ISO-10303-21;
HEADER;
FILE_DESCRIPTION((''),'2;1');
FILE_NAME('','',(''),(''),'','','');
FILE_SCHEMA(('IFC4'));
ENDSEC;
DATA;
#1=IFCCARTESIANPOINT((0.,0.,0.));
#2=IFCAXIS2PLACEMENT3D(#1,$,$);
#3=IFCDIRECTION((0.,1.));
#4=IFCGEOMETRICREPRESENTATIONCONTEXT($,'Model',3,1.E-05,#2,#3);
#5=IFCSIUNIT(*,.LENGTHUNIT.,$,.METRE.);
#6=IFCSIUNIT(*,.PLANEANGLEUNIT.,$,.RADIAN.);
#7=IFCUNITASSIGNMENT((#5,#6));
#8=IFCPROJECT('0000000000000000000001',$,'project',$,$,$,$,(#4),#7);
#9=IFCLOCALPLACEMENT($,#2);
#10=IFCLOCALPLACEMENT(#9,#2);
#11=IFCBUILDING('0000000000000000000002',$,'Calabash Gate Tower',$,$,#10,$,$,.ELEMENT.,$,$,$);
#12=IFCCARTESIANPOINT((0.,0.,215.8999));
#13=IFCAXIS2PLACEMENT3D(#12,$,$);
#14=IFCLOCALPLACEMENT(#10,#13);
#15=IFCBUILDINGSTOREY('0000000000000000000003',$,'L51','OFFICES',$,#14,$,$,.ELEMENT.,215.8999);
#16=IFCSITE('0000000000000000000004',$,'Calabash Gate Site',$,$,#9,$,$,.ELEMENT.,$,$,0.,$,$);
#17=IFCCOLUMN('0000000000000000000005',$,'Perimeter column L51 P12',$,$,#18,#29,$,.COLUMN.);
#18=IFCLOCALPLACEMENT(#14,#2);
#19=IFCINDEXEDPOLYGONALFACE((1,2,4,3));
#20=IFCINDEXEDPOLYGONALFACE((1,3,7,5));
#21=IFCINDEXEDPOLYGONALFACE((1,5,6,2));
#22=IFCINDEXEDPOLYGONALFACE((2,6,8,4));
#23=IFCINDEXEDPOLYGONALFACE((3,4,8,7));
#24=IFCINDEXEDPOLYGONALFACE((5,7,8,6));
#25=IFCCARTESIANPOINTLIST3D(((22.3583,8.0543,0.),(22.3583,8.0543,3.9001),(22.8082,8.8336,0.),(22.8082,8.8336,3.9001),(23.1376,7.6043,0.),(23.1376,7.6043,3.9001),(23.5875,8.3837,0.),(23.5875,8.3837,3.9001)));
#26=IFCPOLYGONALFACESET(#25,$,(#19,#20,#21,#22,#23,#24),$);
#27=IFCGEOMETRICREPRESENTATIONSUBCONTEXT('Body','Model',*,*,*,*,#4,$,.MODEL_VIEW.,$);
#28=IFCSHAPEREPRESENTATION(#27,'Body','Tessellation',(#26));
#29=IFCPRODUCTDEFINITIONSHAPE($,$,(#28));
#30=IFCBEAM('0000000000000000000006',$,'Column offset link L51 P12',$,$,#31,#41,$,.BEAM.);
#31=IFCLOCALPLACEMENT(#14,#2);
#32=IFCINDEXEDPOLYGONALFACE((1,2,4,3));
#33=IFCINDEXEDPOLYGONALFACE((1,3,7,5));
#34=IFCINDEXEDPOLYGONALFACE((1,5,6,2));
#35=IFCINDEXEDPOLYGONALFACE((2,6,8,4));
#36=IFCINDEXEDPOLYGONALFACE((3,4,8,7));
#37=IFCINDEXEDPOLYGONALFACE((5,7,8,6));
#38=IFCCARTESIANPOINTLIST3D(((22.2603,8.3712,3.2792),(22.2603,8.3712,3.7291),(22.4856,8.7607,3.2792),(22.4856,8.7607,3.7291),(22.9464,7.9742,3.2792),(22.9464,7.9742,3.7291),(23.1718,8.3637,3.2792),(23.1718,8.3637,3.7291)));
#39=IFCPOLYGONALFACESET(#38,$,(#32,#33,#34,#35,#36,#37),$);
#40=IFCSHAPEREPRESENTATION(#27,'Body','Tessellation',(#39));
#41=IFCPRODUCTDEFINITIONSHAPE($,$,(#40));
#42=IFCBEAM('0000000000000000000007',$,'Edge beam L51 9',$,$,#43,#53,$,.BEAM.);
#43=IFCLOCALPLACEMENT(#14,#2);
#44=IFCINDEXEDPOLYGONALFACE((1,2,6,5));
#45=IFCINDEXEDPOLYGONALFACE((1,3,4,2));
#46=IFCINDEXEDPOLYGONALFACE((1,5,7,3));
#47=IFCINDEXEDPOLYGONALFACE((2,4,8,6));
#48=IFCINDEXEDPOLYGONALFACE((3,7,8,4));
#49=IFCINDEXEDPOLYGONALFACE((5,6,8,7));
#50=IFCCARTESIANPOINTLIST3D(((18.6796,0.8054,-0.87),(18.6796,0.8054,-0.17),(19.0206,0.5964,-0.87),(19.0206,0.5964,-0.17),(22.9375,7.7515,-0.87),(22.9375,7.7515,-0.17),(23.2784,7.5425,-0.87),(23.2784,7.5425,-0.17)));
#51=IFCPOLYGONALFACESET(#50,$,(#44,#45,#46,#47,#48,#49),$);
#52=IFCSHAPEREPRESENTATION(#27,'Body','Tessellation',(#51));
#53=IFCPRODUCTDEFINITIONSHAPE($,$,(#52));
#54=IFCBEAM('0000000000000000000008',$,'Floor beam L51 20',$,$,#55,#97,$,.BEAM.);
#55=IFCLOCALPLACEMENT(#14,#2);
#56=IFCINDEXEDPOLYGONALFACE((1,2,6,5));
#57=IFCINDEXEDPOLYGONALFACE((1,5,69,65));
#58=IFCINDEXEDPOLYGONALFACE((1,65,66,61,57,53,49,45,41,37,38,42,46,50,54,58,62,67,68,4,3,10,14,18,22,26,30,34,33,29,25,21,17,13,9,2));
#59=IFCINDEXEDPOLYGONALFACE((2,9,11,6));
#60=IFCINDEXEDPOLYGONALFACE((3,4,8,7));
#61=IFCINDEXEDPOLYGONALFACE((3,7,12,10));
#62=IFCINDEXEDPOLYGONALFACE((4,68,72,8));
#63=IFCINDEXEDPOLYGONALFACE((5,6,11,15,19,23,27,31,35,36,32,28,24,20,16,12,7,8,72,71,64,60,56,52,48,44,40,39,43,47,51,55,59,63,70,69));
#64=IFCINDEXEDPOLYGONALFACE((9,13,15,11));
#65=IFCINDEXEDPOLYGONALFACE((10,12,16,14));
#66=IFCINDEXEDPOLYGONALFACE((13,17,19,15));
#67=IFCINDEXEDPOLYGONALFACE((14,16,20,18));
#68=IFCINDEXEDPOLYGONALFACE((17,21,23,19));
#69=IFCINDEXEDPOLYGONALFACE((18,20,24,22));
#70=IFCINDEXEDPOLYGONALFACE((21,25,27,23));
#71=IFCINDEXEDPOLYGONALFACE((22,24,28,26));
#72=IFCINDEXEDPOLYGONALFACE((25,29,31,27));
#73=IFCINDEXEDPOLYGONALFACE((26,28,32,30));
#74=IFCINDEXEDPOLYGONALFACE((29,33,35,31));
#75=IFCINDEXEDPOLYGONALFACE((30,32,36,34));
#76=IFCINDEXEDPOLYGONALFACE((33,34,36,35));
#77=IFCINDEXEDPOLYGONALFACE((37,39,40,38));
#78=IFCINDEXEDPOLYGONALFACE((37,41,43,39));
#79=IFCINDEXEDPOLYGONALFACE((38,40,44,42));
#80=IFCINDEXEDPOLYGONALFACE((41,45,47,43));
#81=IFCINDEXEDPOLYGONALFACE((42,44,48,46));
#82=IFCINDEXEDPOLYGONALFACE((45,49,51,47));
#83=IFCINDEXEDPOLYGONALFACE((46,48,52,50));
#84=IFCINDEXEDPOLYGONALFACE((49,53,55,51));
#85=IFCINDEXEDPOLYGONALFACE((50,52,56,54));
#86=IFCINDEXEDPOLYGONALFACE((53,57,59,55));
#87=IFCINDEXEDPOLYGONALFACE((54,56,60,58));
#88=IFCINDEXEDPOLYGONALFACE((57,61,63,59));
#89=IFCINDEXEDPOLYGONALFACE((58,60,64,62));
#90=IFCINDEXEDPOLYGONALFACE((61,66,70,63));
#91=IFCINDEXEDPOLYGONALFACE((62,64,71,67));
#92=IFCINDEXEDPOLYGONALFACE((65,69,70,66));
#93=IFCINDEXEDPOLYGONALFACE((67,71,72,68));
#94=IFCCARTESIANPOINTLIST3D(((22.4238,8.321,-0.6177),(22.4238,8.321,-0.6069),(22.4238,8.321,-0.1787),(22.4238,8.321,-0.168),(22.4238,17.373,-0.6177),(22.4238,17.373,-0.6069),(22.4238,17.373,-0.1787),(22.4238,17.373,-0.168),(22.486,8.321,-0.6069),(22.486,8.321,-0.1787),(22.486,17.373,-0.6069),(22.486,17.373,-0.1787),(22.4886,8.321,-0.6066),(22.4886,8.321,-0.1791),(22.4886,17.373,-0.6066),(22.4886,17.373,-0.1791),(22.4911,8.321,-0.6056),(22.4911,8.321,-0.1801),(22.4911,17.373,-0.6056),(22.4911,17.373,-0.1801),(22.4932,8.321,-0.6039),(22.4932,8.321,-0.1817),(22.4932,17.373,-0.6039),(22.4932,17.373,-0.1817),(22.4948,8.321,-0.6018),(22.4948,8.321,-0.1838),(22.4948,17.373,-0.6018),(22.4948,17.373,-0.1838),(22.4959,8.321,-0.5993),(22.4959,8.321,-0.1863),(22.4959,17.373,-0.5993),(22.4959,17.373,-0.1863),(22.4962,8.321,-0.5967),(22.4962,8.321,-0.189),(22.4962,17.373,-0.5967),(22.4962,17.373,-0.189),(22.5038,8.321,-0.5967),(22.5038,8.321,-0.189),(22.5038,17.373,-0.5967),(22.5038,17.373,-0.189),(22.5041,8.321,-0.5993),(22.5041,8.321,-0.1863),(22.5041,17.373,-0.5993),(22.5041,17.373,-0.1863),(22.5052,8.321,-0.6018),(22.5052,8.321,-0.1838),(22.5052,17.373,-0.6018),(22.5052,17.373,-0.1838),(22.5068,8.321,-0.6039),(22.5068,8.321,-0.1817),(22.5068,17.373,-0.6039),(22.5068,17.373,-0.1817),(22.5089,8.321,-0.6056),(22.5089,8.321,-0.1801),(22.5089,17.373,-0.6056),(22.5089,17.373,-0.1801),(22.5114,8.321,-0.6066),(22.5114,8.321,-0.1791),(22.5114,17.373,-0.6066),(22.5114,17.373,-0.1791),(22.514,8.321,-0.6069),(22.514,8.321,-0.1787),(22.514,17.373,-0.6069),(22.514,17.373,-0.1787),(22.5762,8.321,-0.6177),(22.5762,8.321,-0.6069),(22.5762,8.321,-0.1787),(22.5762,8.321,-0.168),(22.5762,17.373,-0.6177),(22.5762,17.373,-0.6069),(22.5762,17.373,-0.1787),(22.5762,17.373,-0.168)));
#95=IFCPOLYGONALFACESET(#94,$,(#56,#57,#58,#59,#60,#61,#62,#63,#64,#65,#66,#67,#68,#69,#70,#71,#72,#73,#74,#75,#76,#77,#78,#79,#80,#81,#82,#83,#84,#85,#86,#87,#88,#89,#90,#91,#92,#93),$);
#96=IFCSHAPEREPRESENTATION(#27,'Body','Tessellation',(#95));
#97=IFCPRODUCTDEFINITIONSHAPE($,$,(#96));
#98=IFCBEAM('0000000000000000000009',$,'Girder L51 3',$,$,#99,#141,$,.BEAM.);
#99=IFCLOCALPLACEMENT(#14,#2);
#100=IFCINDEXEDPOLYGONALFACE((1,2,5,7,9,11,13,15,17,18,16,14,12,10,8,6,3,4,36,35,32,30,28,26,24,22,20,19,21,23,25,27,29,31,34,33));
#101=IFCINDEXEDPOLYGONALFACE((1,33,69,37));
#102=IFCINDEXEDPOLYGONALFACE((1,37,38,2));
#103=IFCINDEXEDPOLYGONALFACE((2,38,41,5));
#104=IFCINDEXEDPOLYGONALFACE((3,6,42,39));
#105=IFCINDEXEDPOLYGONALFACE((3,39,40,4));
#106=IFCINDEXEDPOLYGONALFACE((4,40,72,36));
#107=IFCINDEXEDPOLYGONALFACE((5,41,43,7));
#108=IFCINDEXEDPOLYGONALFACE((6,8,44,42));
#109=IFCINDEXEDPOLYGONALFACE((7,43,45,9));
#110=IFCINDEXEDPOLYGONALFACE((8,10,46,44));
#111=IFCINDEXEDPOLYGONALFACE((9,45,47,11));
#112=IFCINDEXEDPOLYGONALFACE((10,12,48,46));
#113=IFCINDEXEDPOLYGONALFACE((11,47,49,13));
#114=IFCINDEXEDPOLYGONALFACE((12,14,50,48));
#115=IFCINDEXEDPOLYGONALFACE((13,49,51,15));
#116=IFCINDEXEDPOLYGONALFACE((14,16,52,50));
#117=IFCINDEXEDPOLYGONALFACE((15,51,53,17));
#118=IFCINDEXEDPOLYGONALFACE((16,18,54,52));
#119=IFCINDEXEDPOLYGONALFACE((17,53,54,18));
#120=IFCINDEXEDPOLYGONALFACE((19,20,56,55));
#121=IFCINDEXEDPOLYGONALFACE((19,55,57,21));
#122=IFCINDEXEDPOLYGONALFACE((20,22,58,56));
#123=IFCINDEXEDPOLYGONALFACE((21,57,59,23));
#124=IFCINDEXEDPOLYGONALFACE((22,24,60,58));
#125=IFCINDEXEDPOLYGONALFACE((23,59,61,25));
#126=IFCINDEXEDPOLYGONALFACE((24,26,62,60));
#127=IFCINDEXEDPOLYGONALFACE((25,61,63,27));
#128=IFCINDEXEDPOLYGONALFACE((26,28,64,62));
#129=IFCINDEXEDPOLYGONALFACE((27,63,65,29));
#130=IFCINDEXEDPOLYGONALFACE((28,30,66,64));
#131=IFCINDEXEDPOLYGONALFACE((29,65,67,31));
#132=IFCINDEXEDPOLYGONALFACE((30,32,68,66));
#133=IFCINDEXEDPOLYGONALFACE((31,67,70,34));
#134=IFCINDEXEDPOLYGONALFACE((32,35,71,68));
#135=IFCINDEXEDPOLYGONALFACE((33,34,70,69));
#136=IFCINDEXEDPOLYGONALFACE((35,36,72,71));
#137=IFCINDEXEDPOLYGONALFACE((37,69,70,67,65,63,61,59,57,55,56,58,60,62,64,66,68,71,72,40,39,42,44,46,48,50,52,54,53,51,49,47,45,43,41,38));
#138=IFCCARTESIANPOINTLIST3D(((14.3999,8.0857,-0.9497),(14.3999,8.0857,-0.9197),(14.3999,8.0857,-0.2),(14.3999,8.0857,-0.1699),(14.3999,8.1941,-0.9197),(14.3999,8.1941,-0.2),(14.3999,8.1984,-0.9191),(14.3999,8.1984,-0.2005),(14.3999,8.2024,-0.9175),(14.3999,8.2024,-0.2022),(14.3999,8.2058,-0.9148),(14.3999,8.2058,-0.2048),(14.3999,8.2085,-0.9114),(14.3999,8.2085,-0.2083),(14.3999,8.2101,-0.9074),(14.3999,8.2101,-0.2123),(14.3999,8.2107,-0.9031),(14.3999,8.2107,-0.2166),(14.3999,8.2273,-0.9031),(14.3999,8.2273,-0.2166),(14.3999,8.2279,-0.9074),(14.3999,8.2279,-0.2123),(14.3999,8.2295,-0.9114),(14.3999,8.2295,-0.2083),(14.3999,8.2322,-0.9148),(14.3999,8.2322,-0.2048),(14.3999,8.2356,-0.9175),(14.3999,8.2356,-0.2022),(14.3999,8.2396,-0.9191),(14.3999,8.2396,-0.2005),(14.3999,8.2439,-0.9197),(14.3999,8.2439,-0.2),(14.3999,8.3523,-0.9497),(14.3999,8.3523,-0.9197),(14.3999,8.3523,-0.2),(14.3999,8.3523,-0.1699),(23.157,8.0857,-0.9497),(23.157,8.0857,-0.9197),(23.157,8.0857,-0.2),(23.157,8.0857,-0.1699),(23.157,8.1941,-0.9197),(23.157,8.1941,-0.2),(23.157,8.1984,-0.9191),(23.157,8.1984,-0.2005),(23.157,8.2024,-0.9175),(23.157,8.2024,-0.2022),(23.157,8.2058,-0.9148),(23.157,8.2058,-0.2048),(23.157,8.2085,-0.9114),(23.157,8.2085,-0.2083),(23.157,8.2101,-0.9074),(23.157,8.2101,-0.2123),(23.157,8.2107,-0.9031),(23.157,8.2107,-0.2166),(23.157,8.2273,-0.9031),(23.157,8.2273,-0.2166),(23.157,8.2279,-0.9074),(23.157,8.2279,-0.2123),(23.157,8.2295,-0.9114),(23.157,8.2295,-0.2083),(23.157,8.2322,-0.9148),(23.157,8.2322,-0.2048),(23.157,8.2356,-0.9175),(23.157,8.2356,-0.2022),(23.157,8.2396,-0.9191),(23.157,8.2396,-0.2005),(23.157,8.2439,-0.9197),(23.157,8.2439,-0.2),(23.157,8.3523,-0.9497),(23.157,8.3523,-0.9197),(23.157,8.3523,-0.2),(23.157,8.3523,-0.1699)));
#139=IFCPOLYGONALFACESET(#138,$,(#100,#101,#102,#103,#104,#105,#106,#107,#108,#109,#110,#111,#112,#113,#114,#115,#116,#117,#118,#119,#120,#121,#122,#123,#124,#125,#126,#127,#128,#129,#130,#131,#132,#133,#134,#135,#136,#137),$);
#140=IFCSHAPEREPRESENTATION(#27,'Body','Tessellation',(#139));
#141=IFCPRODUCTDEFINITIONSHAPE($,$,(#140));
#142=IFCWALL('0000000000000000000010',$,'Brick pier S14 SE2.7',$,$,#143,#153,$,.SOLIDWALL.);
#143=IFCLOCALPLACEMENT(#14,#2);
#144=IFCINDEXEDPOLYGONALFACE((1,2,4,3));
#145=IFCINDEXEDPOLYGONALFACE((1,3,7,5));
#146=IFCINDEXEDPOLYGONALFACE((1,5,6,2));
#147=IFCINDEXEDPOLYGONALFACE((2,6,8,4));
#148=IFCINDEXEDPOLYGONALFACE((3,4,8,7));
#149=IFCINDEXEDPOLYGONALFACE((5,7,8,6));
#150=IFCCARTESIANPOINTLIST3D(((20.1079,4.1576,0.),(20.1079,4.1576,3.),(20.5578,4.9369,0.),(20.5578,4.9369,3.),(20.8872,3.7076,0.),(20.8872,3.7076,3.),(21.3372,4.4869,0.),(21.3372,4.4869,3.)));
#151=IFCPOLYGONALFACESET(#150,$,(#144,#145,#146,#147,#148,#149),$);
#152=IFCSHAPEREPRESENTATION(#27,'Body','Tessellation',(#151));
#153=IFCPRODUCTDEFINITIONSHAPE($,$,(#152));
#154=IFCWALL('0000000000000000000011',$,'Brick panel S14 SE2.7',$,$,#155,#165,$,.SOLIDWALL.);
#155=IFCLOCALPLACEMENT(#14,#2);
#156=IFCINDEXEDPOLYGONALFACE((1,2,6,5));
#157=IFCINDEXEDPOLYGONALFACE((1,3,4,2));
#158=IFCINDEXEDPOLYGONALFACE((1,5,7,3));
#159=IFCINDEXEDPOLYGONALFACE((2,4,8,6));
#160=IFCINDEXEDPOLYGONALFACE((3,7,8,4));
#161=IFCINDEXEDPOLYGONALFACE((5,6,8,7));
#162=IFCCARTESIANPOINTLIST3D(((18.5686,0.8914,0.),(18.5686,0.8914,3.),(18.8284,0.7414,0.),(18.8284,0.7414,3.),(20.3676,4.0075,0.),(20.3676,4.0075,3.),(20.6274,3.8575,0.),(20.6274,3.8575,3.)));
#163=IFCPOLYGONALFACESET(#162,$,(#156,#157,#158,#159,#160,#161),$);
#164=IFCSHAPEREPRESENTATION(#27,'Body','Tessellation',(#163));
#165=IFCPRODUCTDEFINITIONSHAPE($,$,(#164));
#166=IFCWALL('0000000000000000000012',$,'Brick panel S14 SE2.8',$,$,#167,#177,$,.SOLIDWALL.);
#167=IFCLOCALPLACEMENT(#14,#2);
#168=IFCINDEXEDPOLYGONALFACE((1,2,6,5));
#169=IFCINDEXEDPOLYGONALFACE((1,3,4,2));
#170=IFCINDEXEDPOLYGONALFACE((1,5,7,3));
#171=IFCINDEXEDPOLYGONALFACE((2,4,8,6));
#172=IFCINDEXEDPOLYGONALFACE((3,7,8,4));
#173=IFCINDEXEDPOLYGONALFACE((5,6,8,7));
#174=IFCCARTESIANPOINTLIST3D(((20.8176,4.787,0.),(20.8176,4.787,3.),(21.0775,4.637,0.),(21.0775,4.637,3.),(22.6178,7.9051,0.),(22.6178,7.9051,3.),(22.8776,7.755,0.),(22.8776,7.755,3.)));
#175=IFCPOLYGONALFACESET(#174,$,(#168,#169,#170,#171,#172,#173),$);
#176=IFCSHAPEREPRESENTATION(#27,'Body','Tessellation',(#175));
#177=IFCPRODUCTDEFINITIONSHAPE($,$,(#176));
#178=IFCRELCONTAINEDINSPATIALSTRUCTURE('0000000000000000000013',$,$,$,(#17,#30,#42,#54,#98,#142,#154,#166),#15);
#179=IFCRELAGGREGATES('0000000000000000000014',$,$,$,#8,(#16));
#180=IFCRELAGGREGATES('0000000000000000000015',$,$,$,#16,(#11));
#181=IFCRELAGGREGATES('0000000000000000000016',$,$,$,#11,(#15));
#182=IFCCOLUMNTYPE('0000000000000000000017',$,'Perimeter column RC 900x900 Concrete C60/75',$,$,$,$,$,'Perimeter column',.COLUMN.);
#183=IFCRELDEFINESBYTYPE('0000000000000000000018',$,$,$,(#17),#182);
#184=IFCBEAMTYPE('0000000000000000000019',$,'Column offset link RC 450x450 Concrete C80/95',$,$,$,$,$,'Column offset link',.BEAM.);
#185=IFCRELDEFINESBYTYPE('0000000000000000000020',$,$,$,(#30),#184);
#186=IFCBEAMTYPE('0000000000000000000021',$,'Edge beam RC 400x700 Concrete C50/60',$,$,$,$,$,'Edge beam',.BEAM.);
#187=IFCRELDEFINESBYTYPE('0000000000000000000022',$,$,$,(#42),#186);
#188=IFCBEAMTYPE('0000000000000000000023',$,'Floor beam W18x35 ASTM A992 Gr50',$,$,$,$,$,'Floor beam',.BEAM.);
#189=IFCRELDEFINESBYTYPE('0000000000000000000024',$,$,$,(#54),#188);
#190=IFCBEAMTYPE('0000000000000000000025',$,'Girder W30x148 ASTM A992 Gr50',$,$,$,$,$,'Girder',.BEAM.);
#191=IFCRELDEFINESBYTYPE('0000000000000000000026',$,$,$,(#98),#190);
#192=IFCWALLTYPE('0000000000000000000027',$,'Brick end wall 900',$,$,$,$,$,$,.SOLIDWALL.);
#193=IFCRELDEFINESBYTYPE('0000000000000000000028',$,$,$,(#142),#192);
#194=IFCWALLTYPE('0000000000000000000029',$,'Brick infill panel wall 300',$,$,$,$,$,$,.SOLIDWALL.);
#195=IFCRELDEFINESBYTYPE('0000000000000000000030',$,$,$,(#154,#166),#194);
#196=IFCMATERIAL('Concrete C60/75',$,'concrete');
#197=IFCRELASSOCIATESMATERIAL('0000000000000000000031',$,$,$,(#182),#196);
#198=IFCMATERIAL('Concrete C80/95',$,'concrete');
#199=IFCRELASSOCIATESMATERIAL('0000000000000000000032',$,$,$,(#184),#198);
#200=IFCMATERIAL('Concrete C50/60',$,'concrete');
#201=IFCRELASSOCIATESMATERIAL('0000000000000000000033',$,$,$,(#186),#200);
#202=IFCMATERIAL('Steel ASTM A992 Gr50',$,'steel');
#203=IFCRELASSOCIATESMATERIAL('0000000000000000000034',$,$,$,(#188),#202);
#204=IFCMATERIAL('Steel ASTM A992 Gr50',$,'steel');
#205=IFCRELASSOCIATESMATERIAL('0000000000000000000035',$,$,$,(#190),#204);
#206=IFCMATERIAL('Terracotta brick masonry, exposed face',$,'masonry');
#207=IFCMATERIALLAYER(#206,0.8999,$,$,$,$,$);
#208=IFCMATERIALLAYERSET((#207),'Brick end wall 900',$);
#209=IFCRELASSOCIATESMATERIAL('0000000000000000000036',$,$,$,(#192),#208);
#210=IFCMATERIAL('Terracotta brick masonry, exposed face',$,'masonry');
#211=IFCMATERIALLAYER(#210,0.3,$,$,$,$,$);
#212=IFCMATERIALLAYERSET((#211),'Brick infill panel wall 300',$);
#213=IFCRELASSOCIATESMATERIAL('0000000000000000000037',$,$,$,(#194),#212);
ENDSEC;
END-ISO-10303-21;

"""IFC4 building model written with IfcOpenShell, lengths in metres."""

from ifc_helpers import new_model, si_unit, direction, frame, frame_2d, origin, origin_2d, place, context, subcontext, project, spatial, rectangle, i_section, extrude, material, layer, layer_set, material_profile, profile_set, type_object, element, save


model = new_model("IFC4")

# Units and contexts
model_context = context("Model", 3, precision=1e-05, world=origin(), true_north=direction((0.0, 1.0)))
body_context = subcontext(model_context, "Body", "Model", "MODEL_VIEW")
ifc_project = project(units=[si_unit("LENGTHUNIT", "METRE"), si_unit("PLANEANGLEUNIT", "RADIAN")], contexts=[model_context])

# Site, building, storey
site_placement = place(None, origin())
site = spatial("IfcSite", under=ifc_project, at=site_placement, Name="Calabash Gate Site", CompositionType="ELEMENT", RefElevation=0.0)
building_placement = place(site_placement, origin())
building = spatial("IfcBuilding", under=site, at=building_placement, Name="Calabash Gate Tower", CompositionType="ELEMENT")
storey_placement = place(building_placement, frame((0.0, 0.0, 215.8999)))
storey = spatial("IfcBuildingStorey", under=building, at=storey_placement, Name="L51", Description="OFFICES", CompositionType="ELEMENT", Elevation=215.8999)

# Column
ifc_material_1 = material(Name="Concrete C60/75", Category="concrete")
ifc_material_profile_1 = material_profile(ifc_material_1, rectangle(XDim=0.8999, YDim=0.8999, at=origin_2d()))
ifc_profile_set_1 = profile_set([ifc_material_profile_1], Name="Concrete C60/75")
column_type = type_object("IfcColumnType", Name="Perimeter column RC 900x900 Concrete C60/75", ElementType="Perimeter column", PredefinedType="COLUMN", material=ifc_profile_set_1)
column_placement = place(storey_placement, frame((22.9729, 8.219, 0.0), z_axis=(0.0, 0.0, 1.0), x_axis=(0.5, 0.866025, 0.0)))
element("IfcColumn", 1, at=column_placement, inside=storey, type_object=column_type, Name="Perimeter column L51 P12", PredefinedType="COLUMN", context=body_context, shape_type="SweptSolid", body=[
    extrude(rectangle(XDim=0.8999, YDim=0.8999, at=origin_2d()), origin(), (0.0, 0.0, 1.0), 3.9001),
])

# Beams
ifc_material_2 = material(Name="Concrete C80/95", Category="concrete")
ifc_material_profile_2 = material_profile(ifc_material_2, rectangle(XDim=0.45, YDim=0.45, at=origin_2d()))
ifc_profile_set_2 = profile_set([ifc_material_profile_2], Name="Concrete C80/95")
beam_type_1 = type_object("IfcBeamType", Name="Column offset link RC 450x450 Concrete C80/95", ElementType="Column offset link", PredefinedType="BEAM", material=ifc_profile_set_2)
beam_1_placement = place(storey_placement, frame((23.0591, 8.1689, 3.5042), z_axis=(-0.865539, 0.500842, 0.0), x_axis=(-0.500842, -0.865539, 0.0)))
element("IfcBeam", 2, at=beam_1_placement, inside=storey, type_object=beam_type_1, Name="Column offset link L51 P12", PredefinedType="BEAM", context=body_context, shape_type="SweptSolid", body=[
    extrude(rectangle(XDim=0.45, YDim=0.45, at=origin_2d()), origin(), (0.0, 0.0, 1.0), 0.7927),
])
ifc_material_3 = material(Name="Concrete C50/60", Category="concrete")
ifc_material_profile_3 = material_profile(ifc_material_3, rectangle(XDim=0.3999, YDim=0.7, at=origin_2d()))
ifc_profile_set_3 = profile_set([ifc_material_profile_3], Name="Concrete C50/60")
beam_type_2 = type_object("IfcBeamType", Name="Edge beam RC 400x700 Concrete C50/60", ElementType="Edge beam", PredefinedType="BEAM", material=ifc_profile_set_3)
beam_2_placement = place(storey_placement, frame((18.8501, 0.7009, -0.52), z_axis=(0.522612, 0.852571, 0.0), x_axis=(-0.852571, 0.522612, 0.0)))
element("IfcBeam", 3, at=beam_2_placement, inside=storey, type_object=beam_type_2, Name="Edge beam L51 9", PredefinedType="BEAM", context=body_context, shape_type="SweptSolid", body=[
    extrude(rectangle(XDim=0.3999, YDim=0.7, at=origin_2d()), origin(), (0.0, 0.0, 1.0), 8.1472),
])
ifc_material_4 = material(Name="Steel ASTM A992 Gr50", Category="steel")
ifc_material_profile_4 = material_profile(ifc_material_4, i_section(OverallWidth=0.1523, OverallDepth=0.4497, WebThickness=0.0076, FlangeThickness=0.0107, FilletRadius=0.0103, at=origin_2d()))
ifc_profile_set_4 = profile_set([ifc_material_profile_4], Name="Steel ASTM A992 Gr50")
beam_type_3 = type_object("IfcBeamType", Name="Floor beam W18x35 ASTM A992 Gr50", ElementType="Floor beam", PredefinedType="BEAM", material=ifc_profile_set_4)
beam_3_placement = place(storey_placement, frame((22.5, 8.321, -0.3928), z_axis=(0.0, 1.0, 0.0), x_axis=(-1.0, 0.0, 0.0)))
element("IfcBeam", 4, at=beam_3_placement, inside=storey, type_object=beam_type_3, Name="Floor beam L51 20", PredefinedType="BEAM", context=body_context, shape_type="SweptSolid", body=[
    extrude(i_section(OverallWidth=0.1523, OverallDepth=0.4497, WebThickness=0.0076, FlangeThickness=0.0107, FilletRadius=0.0103, at=origin_2d()), origin(), (0.0, 0.0, 1.0), 9.052),
])
ifc_material_5 = material(Name="Steel ASTM A992 Gr50", Category="steel")
ifc_material_profile_5 = material_profile(ifc_material_5, i_section(OverallWidth=0.2666, OverallDepth=0.7798, WebThickness=0.0166, FlangeThickness=0.03, FilletRadius=0.0166, at=origin_2d()))
ifc_profile_set_5 = profile_set([ifc_material_profile_5], Name="Steel ASTM A992 Gr50")
beam_type_4 = type_object("IfcBeamType", Name="Girder W30x148 ASTM A992 Gr50", ElementType="Girder", PredefinedType="BEAM", material=ifc_profile_set_5)
beam_4_placement = place(storey_placement, frame((23.157, 8.219, -0.5598), z_axis=(-1.0, 0.0, 0.0), x_axis=(0.0, -1.0, 0.0)))
element("IfcBeam", 5, at=beam_4_placement, inside=storey, type_object=beam_type_4, Name="Girder L51 3", PredefinedType="BEAM", context=body_context, shape_type="SweptSolid", body=[
    extrude(i_section(OverallWidth=0.2666, OverallDepth=0.7798, WebThickness=0.0166, FlangeThickness=0.03, FilletRadius=0.0166, at=origin_2d()), origin(), (0.0, 0.0, 1.0), 8.7571),
])

# Walls
ifc_material_6 = material(Name="Terracotta brick masonry, exposed face", Category="masonry")
ifc_layer_1 = layer(ifc_material_6, 0.8999)
ifc_layer_set_1 = layer_set([ifc_layer_1], Name="Brick end wall 900")
wall_type_1 = type_object("IfcWallType", Name="Brick end wall 900", PredefinedType="SOLIDWALL", material=ifc_layer_set_1)
wall_1_placement = place(storey_placement, frame((20.9475, 4.7119, 0.0), z_axis=(0.0, 0.0, 1.0), x_axis=(-0.50002, -0.866014, 0.0)))
element("IfcWall", 6, at=wall_1_placement, inside=storey, type_object=wall_type_1, Name="Brick pier S14 SE2.7", PredefinedType="SOLIDWALL", context=body_context, shape_type="SweptSolid", body=[
    extrude(rectangle(XDim=0.8999, YDim=0.8999, at=frame_2d((0.45, 0.0))), origin(), (0.0, 0.0, 1.0), 3.0),
])
ifc_material_7 = material(Name="Terracotta brick masonry, exposed face", Category="masonry")
ifc_layer_2 = layer(ifc_material_7, 0.3)
ifc_layer_set_2 = layer_set([ifc_layer_2], Name="Brick infill panel wall 300")
wall_type_2 = type_object("IfcWallType", Name="Brick infill panel wall 300", PredefinedType="SOLIDWALL", material=ifc_layer_set_2)
wall_2_placement = place(storey_placement, frame((18.6985, 0.8164, 0.0), z_axis=(0.0, 0.0, 1.0), x_axis=(0.499985, 0.866034, 0.0)))
element("IfcWall", 7, at=wall_2_placement, inside=storey, type_object=wall_type_2, Name="Brick panel S14 SE2.7", PredefinedType="SOLIDWALL", context=body_context, shape_type="SweptSolid", body=[
    extrude(rectangle(XDim=3.5981, YDim=0.3, at=frame_2d((1.7991, 0.0))), origin(), (0.0, 0.0, 1.0), 3.0),
])
wall_3_placement = place(storey_placement, frame((20.9475, 4.7119, 0.0), z_axis=(0.0, 0.0, 1.0), x_axis=(0.499983, 0.866035, 0.0)))
element("IfcWall", 8, at=wall_3_placement, inside=storey, type_object=wall_type_2, Name="Brick panel S14 SE2.8", PredefinedType="SOLIDWALL", context=body_context, shape_type="SweptSolid", body=[
    extrude(rectangle(XDim=3.6003, YDim=0.3, at=frame_2d((1.8003, 0.0))), origin(), (0.0, 0.0, 1.0), 3.0),
])

save(model, "model.ifc")
